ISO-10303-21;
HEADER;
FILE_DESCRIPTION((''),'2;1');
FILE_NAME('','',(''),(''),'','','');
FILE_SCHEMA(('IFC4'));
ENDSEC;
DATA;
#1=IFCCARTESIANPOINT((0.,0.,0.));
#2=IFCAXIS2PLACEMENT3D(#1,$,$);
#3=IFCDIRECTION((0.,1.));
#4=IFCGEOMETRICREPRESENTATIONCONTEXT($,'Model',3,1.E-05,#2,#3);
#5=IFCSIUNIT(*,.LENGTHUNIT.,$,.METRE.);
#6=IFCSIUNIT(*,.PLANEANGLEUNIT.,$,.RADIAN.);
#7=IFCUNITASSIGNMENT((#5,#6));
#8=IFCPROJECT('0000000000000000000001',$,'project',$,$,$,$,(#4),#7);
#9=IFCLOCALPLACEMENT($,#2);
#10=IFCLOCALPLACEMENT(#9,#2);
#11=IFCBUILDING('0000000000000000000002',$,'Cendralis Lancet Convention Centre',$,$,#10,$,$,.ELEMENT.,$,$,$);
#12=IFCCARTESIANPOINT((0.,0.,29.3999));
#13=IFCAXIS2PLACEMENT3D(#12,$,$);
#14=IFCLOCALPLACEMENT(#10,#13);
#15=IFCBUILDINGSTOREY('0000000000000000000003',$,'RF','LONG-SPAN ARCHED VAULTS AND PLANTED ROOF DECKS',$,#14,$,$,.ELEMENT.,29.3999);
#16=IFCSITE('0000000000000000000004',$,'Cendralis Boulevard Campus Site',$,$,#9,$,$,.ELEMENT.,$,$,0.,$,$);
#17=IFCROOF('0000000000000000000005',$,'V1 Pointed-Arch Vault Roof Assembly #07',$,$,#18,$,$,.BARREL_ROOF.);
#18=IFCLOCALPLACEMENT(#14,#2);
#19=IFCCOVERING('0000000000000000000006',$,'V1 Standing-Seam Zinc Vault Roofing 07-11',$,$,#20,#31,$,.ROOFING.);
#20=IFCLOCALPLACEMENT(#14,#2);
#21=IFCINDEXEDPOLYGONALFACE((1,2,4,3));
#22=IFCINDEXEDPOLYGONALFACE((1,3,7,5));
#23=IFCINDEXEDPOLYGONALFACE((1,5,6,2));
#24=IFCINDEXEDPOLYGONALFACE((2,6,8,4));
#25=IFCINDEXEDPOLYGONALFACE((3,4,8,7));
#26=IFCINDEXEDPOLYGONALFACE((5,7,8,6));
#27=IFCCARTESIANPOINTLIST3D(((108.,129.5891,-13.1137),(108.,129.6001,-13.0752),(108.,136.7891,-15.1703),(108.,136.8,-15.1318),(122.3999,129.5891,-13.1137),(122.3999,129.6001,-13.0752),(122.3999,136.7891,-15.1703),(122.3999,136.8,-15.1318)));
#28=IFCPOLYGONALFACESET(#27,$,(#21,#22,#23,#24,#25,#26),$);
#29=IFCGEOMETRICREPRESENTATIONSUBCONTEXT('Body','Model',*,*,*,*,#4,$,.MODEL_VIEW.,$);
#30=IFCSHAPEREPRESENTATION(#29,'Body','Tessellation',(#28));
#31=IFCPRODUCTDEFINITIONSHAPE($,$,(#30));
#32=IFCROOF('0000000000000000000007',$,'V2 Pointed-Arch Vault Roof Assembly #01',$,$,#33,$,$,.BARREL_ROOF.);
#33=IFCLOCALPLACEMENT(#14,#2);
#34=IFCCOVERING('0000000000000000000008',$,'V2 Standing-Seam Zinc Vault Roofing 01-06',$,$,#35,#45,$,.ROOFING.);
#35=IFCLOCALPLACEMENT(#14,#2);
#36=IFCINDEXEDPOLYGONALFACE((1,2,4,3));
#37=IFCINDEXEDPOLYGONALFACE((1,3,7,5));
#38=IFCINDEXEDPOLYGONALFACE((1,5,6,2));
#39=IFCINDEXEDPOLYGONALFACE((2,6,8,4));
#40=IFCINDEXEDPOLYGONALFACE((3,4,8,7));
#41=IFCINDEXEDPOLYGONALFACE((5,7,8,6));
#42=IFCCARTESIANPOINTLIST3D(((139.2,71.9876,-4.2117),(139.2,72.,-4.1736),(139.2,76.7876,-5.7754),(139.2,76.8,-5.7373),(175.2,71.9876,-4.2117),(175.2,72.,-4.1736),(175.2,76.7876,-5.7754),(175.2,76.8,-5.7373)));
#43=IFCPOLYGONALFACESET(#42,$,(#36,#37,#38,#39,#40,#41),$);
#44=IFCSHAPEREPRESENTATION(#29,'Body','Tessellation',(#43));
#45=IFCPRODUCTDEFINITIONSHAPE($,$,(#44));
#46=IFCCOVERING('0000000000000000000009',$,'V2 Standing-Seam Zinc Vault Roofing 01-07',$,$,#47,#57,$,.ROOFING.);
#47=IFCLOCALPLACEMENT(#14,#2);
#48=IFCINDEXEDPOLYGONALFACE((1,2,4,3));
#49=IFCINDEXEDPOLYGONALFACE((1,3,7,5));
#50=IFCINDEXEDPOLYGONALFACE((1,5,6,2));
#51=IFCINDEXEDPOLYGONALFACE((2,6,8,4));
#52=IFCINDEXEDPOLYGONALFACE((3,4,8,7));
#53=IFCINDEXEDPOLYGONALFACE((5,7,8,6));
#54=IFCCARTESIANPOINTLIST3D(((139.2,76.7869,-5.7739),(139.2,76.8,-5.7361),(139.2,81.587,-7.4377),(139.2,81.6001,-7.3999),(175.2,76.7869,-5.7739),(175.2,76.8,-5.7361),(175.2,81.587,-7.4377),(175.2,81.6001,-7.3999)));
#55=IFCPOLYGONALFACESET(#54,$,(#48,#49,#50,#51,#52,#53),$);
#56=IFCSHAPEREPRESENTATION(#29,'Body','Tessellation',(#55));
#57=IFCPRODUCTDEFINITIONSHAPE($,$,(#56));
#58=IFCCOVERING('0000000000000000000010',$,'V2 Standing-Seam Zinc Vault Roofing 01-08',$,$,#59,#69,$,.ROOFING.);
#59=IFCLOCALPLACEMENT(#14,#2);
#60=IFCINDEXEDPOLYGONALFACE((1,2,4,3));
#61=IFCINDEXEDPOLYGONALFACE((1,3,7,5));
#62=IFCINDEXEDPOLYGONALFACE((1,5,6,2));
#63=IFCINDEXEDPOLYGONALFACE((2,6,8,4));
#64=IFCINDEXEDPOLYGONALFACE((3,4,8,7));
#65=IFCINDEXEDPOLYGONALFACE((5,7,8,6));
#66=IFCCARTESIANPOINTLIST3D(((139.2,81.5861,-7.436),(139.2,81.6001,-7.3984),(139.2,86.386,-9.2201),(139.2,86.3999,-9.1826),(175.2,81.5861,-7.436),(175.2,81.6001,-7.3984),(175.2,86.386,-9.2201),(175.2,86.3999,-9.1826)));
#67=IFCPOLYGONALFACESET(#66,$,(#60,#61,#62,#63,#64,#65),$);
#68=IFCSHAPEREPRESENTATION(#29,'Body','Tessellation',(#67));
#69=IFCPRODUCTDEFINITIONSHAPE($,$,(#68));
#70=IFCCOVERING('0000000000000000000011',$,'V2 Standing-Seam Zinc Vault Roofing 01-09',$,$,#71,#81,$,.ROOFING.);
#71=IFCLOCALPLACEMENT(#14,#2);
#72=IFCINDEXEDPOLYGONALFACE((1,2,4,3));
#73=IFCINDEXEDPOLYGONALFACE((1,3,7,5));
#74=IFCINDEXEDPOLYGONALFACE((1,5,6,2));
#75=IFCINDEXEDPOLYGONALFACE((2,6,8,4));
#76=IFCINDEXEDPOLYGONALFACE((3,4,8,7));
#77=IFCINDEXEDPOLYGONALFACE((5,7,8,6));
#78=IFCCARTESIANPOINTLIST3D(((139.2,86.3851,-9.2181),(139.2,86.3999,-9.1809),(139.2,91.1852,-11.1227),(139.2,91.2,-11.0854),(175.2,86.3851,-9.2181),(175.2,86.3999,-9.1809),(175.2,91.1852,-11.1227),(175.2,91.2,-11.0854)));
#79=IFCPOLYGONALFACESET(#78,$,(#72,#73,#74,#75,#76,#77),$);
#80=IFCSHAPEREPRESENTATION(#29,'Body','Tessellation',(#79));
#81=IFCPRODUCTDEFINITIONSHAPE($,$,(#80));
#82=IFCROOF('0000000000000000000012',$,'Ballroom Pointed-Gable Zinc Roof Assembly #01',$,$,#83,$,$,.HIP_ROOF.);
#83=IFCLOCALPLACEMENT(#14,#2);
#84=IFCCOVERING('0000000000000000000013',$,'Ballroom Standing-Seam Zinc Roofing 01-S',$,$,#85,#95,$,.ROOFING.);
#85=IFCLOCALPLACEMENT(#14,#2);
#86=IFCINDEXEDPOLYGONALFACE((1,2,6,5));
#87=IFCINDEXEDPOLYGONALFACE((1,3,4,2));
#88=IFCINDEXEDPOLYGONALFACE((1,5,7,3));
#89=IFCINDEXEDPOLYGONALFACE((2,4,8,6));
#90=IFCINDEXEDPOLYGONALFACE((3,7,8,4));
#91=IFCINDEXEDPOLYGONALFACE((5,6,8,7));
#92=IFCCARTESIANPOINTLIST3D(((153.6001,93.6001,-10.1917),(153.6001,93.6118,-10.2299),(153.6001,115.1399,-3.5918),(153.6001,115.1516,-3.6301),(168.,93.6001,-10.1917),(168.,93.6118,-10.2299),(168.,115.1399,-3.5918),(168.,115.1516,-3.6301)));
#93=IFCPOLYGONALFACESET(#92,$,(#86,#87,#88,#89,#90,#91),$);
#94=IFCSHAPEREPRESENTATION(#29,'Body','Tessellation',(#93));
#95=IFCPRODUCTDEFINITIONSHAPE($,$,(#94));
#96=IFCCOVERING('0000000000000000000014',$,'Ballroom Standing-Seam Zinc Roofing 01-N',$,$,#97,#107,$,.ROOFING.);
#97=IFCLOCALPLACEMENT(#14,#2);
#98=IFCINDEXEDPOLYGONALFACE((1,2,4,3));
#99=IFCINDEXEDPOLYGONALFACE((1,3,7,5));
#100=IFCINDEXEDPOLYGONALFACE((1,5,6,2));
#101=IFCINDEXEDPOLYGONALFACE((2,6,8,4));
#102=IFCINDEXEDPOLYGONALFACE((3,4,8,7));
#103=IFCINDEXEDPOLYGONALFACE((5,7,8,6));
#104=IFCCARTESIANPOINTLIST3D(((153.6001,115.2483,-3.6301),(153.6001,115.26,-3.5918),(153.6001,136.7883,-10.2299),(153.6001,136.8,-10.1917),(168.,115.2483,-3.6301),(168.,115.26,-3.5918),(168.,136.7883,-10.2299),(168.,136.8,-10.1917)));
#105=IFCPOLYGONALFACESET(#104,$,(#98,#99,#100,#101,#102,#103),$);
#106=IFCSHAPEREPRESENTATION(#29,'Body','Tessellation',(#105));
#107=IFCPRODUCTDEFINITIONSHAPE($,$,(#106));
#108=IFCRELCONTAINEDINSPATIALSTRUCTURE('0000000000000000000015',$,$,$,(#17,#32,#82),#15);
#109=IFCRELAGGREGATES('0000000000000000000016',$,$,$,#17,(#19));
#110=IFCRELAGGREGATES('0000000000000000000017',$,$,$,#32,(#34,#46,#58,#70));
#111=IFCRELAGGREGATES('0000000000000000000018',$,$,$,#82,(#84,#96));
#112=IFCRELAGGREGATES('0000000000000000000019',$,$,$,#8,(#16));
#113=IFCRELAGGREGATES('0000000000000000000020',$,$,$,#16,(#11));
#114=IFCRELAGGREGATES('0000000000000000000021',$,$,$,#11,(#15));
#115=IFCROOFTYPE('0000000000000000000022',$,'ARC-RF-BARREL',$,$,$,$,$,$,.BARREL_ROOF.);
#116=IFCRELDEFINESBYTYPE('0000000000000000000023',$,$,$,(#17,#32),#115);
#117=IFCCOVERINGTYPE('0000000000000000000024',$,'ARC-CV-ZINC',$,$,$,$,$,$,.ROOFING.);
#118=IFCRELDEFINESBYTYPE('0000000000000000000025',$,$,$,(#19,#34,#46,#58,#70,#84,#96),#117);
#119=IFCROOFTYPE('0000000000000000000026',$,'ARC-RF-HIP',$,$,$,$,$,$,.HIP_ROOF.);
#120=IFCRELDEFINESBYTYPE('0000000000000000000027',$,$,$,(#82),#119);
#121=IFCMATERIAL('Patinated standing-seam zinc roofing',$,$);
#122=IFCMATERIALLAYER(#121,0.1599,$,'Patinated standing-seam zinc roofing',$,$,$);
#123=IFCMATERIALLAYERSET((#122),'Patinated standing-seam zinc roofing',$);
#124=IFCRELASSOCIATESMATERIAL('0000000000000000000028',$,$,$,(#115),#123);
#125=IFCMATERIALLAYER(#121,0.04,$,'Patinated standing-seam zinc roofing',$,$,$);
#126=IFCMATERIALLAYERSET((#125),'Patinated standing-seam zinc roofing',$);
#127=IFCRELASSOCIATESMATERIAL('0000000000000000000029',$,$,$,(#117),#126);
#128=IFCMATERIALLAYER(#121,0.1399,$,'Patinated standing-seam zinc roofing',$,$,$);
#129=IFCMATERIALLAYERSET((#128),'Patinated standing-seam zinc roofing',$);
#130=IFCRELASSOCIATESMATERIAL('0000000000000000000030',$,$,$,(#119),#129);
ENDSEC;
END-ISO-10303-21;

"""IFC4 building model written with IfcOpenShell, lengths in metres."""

from ifc_helpers import new_model, si_unit, direction, frame, origin, place, context, subcontext, project, spatial, polyline, outline, extrude, material, layer, layer_set, type_object, element, aggregate, save


model = new_model("IFC4")

# Units and contexts
model_context = context("Model", 3, precision=1e-05, world=origin(), true_north=direction((0.0, 1.0)))
body_context = subcontext(model_context, "Body", "Model", "MODEL_VIEW")
ifc_project = project(units=[si_unit("LENGTHUNIT", "METRE"), si_unit("PLANEANGLEUNIT", "RADIAN")], contexts=[model_context])

# Site, building, storey
site_placement = place(None, origin())
site = spatial("IfcSite", under=ifc_project, at=site_placement, Name="Cendralis Boulevard Campus Site", CompositionType="ELEMENT", RefElevation=0.0)
building_placement = place(site_placement, origin())
building = spatial("IfcBuilding", under=site, at=building_placement, Name="Cendralis Lancet Convention Centre", CompositionType="ELEMENT")
storey_placement = place(building_placement, frame((0.0, 0.0, 29.3999)))
storey = spatial("IfcBuildingStorey", under=building, at=storey_placement, Name="RF", Description="LONG-SPAN ARCHED VAULTS AND PLANTED ROOF DECKS", CompositionType="ELEMENT", Elevation=29.3999)

# Roofs, coverings
ifc_material_1 = material(Name="Patinated standing-seam zinc roofing")
ifc_layer_1 = layer(ifc_material_1, 0.1599, Name="Patinated standing-seam zinc roofing")
ifc_layer_set_1 = layer_set([ifc_layer_1], Name="Patinated standing-seam zinc roofing")
roof_type_1 = type_object("IfcRoofType", Name="ARC-RF-BARREL", PredefinedType="BARREL_ROOF", material=ifc_layer_set_1)
roof_1_placement = place(storey_placement, origin())
roof_1 = element("IfcRoof", 1, at=roof_1_placement, inside=storey, type_object=roof_type_1, Name="V1 Pointed-Arch Vault Roof Assembly #07", PredefinedType="BARREL_ROOF")
ifc_layer_2 = layer(ifc_material_1, 0.04, Name="Patinated standing-seam zinc roofing")
ifc_layer_set_2 = layer_set([ifc_layer_2], Name="Patinated standing-seam zinc roofing")
covering_type = type_object("IfcCoveringType", Name="ARC-CV-ZINC", PredefinedType="ROOFING", material=ifc_layer_set_2)
covering_1_placement = place(storey_placement, frame((108.0, 129.6001, -13.0752), z_axis=(0.0, 0.274661, 0.961541), x_axis=(1.0, 0.0, 0.0)))
covering_1 = element("IfcCovering", 2, at=covering_1_placement, type_object=covering_type, Name="V1 Standing-Seam Zinc Vault Roofing 07-11", PredefinedType="ROOFING", context=body_context, shape_type="SweptSolid", body=[
    extrude(outline(polyline([(0.0, 0.0), (14.3999, 0.0), (14.3999, 7.4879), (0.0, 7.4879), (0.0, 0.0)])), origin(), (0.0, 0.0, -1.0), 0.04),
])
aggregate(roof_1, [covering_1])
roof_2_placement = place(storey_placement, origin())
roof_2 = element("IfcRoof", 3, at=roof_2_placement, inside=storey, type_object=roof_type_1, Name="V2 Pointed-Arch Vault Roof Assembly #01", PredefinedType="BARREL_ROOF")
covering_2_placement = place(storey_placement, frame((139.2, 72.0, -4.1736), z_axis=(0.0, 0.30975, 0.950818), x_axis=(1.0, 0.0, 0.0)))
covering_2 = element("IfcCovering", 4, at=covering_2_placement, type_object=covering_type, Name="V2 Standing-Seam Zinc Vault Roofing 01-06", PredefinedType="ROOFING", context=body_context, shape_type="SweptSolid", body=[
    extrude(outline(polyline([(0.0, 0.0), (36.0, 0.0), (36.0, 5.0483), (0.0, 5.0483), (0.0, 0.0)])), origin(), (0.0, 0.0, -1.0), 0.04),
])
covering_3_placement = place(storey_placement, frame((139.2, 76.8, -5.7361), z_axis=(0.0, 0.327508, 0.944848), x_axis=(1.0, 0.0, 0.0)))
covering_3 = element("IfcCovering", 5, at=covering_3_placement, type_object=covering_type, Name="V2 Standing-Seam Zinc Vault Roofing 01-07", PredefinedType="ROOFING", context=body_context, shape_type="SweptSolid", body=[
    extrude(outline(polyline([(0.0, 0.0), (36.0, 0.0), (36.0, 5.0802), (0.0, 5.0802), (0.0, 0.0)])), origin(), (0.0, 0.0, -1.0), 0.04),
])
covering_4_placement = place(storey_placement, frame((139.2, 81.6001, -7.3984), z_axis=(0.0, 0.348426, 0.937336), x_axis=(1.0, 0.0, 0.0)))
covering_4 = element("IfcCovering", 6, at=covering_4_placement, type_object=covering_type, Name="V2 Standing-Seam Zinc Vault Roofing 01-08", PredefinedType="ROOFING", context=body_context, shape_type="SweptSolid", body=[
    extrude(outline(polyline([(0.0, 0.0), (36.0, 0.0), (36.0, 5.1207), (0.0, 5.1207), (0.0, 0.0)])), origin(), (0.0, 0.0, -1.0), 0.04),
])
covering_5_placement = place(storey_placement, frame((139.2, 86.3999, -9.1809), z_axis=(0.0, 0.368805, 0.929507), x_axis=(1.0, 0.0, 0.0)))
covering_5 = element("IfcCovering", 7, at=covering_5_placement, type_object=covering_type, Name="V2 Standing-Seam Zinc Vault Roofing 01-09", PredefinedType="ROOFING", context=body_context, shape_type="SweptSolid", body=[
    extrude(outline(polyline([(0.0, 0.0), (36.0, 0.0), (36.0, 5.1641), (0.0, 5.1641), (0.0, 0.0)])), origin(), (0.0, 0.0, -1.0), 0.04),
])
aggregate(roof_2, [covering_2, covering_3, covering_4, covering_5])
ifc_layer_3 = layer(ifc_material_1, 0.1399, Name="Patinated standing-seam zinc roofing")
ifc_layer_set_3 = layer_set([ifc_layer_3], Name="Patinated standing-seam zinc roofing")
roof_type_2 = type_object("IfcRoofType", Name="ARC-RF-HIP", PredefinedType="HIP_ROOF", material=ifc_layer_set_3)
roof_3_placement = place(storey_placement, origin())
roof_3 = element("IfcRoof", 8, at=roof_3_placement, inside=storey, type_object=roof_type_2, Name="Ballroom Pointed-Gable Zinc Roof Assembly #01", PredefinedType="HIP_ROOF")
covering_6_placement = place(storey_placement, frame((153.6001, 93.6001, -10.1917), z_axis=(0.0, -0.292959, 0.956125), x_axis=(1.0, 0.0, 0.0)))
covering_6 = element("IfcCovering", 9, at=covering_6_placement, type_object=covering_type, Name="Ballroom Standing-Seam Zinc Roofing 01-S", PredefinedType="ROOFING", context=body_context, shape_type="SweptSolid", body=[
    extrude(outline(polyline([(0.0, 0.0), (14.3999, 0.0), (14.3999, 22.5282), (0.0, 22.5282), (0.0, 0.0)])), origin(), (0.0, 0.0, -1.0), 0.04),
])
covering_7_placement = place(storey_placement, frame((153.6001, 115.26, -3.5918), z_axis=(0.0, 0.292956, 0.956126), x_axis=(1.0, 0.0, 0.0)))
covering_7 = element("IfcCovering", 10, at=covering_7_placement, type_object=covering_type, Name="Ballroom Standing-Seam Zinc Roofing 01-N", PredefinedType="ROOFING", context=body_context, shape_type="SweptSolid", body=[
    extrude(outline(polyline([(0.0, 0.0), (14.3999, 0.0), (14.3999, 22.5285), (0.0, 22.5285), (0.0, 0.0)])), origin(), (0.0, 0.0, -1.0), 0.04),
])
aggregate(roof_3, [covering_6, covering_7])

save(model, "model.ifc")
